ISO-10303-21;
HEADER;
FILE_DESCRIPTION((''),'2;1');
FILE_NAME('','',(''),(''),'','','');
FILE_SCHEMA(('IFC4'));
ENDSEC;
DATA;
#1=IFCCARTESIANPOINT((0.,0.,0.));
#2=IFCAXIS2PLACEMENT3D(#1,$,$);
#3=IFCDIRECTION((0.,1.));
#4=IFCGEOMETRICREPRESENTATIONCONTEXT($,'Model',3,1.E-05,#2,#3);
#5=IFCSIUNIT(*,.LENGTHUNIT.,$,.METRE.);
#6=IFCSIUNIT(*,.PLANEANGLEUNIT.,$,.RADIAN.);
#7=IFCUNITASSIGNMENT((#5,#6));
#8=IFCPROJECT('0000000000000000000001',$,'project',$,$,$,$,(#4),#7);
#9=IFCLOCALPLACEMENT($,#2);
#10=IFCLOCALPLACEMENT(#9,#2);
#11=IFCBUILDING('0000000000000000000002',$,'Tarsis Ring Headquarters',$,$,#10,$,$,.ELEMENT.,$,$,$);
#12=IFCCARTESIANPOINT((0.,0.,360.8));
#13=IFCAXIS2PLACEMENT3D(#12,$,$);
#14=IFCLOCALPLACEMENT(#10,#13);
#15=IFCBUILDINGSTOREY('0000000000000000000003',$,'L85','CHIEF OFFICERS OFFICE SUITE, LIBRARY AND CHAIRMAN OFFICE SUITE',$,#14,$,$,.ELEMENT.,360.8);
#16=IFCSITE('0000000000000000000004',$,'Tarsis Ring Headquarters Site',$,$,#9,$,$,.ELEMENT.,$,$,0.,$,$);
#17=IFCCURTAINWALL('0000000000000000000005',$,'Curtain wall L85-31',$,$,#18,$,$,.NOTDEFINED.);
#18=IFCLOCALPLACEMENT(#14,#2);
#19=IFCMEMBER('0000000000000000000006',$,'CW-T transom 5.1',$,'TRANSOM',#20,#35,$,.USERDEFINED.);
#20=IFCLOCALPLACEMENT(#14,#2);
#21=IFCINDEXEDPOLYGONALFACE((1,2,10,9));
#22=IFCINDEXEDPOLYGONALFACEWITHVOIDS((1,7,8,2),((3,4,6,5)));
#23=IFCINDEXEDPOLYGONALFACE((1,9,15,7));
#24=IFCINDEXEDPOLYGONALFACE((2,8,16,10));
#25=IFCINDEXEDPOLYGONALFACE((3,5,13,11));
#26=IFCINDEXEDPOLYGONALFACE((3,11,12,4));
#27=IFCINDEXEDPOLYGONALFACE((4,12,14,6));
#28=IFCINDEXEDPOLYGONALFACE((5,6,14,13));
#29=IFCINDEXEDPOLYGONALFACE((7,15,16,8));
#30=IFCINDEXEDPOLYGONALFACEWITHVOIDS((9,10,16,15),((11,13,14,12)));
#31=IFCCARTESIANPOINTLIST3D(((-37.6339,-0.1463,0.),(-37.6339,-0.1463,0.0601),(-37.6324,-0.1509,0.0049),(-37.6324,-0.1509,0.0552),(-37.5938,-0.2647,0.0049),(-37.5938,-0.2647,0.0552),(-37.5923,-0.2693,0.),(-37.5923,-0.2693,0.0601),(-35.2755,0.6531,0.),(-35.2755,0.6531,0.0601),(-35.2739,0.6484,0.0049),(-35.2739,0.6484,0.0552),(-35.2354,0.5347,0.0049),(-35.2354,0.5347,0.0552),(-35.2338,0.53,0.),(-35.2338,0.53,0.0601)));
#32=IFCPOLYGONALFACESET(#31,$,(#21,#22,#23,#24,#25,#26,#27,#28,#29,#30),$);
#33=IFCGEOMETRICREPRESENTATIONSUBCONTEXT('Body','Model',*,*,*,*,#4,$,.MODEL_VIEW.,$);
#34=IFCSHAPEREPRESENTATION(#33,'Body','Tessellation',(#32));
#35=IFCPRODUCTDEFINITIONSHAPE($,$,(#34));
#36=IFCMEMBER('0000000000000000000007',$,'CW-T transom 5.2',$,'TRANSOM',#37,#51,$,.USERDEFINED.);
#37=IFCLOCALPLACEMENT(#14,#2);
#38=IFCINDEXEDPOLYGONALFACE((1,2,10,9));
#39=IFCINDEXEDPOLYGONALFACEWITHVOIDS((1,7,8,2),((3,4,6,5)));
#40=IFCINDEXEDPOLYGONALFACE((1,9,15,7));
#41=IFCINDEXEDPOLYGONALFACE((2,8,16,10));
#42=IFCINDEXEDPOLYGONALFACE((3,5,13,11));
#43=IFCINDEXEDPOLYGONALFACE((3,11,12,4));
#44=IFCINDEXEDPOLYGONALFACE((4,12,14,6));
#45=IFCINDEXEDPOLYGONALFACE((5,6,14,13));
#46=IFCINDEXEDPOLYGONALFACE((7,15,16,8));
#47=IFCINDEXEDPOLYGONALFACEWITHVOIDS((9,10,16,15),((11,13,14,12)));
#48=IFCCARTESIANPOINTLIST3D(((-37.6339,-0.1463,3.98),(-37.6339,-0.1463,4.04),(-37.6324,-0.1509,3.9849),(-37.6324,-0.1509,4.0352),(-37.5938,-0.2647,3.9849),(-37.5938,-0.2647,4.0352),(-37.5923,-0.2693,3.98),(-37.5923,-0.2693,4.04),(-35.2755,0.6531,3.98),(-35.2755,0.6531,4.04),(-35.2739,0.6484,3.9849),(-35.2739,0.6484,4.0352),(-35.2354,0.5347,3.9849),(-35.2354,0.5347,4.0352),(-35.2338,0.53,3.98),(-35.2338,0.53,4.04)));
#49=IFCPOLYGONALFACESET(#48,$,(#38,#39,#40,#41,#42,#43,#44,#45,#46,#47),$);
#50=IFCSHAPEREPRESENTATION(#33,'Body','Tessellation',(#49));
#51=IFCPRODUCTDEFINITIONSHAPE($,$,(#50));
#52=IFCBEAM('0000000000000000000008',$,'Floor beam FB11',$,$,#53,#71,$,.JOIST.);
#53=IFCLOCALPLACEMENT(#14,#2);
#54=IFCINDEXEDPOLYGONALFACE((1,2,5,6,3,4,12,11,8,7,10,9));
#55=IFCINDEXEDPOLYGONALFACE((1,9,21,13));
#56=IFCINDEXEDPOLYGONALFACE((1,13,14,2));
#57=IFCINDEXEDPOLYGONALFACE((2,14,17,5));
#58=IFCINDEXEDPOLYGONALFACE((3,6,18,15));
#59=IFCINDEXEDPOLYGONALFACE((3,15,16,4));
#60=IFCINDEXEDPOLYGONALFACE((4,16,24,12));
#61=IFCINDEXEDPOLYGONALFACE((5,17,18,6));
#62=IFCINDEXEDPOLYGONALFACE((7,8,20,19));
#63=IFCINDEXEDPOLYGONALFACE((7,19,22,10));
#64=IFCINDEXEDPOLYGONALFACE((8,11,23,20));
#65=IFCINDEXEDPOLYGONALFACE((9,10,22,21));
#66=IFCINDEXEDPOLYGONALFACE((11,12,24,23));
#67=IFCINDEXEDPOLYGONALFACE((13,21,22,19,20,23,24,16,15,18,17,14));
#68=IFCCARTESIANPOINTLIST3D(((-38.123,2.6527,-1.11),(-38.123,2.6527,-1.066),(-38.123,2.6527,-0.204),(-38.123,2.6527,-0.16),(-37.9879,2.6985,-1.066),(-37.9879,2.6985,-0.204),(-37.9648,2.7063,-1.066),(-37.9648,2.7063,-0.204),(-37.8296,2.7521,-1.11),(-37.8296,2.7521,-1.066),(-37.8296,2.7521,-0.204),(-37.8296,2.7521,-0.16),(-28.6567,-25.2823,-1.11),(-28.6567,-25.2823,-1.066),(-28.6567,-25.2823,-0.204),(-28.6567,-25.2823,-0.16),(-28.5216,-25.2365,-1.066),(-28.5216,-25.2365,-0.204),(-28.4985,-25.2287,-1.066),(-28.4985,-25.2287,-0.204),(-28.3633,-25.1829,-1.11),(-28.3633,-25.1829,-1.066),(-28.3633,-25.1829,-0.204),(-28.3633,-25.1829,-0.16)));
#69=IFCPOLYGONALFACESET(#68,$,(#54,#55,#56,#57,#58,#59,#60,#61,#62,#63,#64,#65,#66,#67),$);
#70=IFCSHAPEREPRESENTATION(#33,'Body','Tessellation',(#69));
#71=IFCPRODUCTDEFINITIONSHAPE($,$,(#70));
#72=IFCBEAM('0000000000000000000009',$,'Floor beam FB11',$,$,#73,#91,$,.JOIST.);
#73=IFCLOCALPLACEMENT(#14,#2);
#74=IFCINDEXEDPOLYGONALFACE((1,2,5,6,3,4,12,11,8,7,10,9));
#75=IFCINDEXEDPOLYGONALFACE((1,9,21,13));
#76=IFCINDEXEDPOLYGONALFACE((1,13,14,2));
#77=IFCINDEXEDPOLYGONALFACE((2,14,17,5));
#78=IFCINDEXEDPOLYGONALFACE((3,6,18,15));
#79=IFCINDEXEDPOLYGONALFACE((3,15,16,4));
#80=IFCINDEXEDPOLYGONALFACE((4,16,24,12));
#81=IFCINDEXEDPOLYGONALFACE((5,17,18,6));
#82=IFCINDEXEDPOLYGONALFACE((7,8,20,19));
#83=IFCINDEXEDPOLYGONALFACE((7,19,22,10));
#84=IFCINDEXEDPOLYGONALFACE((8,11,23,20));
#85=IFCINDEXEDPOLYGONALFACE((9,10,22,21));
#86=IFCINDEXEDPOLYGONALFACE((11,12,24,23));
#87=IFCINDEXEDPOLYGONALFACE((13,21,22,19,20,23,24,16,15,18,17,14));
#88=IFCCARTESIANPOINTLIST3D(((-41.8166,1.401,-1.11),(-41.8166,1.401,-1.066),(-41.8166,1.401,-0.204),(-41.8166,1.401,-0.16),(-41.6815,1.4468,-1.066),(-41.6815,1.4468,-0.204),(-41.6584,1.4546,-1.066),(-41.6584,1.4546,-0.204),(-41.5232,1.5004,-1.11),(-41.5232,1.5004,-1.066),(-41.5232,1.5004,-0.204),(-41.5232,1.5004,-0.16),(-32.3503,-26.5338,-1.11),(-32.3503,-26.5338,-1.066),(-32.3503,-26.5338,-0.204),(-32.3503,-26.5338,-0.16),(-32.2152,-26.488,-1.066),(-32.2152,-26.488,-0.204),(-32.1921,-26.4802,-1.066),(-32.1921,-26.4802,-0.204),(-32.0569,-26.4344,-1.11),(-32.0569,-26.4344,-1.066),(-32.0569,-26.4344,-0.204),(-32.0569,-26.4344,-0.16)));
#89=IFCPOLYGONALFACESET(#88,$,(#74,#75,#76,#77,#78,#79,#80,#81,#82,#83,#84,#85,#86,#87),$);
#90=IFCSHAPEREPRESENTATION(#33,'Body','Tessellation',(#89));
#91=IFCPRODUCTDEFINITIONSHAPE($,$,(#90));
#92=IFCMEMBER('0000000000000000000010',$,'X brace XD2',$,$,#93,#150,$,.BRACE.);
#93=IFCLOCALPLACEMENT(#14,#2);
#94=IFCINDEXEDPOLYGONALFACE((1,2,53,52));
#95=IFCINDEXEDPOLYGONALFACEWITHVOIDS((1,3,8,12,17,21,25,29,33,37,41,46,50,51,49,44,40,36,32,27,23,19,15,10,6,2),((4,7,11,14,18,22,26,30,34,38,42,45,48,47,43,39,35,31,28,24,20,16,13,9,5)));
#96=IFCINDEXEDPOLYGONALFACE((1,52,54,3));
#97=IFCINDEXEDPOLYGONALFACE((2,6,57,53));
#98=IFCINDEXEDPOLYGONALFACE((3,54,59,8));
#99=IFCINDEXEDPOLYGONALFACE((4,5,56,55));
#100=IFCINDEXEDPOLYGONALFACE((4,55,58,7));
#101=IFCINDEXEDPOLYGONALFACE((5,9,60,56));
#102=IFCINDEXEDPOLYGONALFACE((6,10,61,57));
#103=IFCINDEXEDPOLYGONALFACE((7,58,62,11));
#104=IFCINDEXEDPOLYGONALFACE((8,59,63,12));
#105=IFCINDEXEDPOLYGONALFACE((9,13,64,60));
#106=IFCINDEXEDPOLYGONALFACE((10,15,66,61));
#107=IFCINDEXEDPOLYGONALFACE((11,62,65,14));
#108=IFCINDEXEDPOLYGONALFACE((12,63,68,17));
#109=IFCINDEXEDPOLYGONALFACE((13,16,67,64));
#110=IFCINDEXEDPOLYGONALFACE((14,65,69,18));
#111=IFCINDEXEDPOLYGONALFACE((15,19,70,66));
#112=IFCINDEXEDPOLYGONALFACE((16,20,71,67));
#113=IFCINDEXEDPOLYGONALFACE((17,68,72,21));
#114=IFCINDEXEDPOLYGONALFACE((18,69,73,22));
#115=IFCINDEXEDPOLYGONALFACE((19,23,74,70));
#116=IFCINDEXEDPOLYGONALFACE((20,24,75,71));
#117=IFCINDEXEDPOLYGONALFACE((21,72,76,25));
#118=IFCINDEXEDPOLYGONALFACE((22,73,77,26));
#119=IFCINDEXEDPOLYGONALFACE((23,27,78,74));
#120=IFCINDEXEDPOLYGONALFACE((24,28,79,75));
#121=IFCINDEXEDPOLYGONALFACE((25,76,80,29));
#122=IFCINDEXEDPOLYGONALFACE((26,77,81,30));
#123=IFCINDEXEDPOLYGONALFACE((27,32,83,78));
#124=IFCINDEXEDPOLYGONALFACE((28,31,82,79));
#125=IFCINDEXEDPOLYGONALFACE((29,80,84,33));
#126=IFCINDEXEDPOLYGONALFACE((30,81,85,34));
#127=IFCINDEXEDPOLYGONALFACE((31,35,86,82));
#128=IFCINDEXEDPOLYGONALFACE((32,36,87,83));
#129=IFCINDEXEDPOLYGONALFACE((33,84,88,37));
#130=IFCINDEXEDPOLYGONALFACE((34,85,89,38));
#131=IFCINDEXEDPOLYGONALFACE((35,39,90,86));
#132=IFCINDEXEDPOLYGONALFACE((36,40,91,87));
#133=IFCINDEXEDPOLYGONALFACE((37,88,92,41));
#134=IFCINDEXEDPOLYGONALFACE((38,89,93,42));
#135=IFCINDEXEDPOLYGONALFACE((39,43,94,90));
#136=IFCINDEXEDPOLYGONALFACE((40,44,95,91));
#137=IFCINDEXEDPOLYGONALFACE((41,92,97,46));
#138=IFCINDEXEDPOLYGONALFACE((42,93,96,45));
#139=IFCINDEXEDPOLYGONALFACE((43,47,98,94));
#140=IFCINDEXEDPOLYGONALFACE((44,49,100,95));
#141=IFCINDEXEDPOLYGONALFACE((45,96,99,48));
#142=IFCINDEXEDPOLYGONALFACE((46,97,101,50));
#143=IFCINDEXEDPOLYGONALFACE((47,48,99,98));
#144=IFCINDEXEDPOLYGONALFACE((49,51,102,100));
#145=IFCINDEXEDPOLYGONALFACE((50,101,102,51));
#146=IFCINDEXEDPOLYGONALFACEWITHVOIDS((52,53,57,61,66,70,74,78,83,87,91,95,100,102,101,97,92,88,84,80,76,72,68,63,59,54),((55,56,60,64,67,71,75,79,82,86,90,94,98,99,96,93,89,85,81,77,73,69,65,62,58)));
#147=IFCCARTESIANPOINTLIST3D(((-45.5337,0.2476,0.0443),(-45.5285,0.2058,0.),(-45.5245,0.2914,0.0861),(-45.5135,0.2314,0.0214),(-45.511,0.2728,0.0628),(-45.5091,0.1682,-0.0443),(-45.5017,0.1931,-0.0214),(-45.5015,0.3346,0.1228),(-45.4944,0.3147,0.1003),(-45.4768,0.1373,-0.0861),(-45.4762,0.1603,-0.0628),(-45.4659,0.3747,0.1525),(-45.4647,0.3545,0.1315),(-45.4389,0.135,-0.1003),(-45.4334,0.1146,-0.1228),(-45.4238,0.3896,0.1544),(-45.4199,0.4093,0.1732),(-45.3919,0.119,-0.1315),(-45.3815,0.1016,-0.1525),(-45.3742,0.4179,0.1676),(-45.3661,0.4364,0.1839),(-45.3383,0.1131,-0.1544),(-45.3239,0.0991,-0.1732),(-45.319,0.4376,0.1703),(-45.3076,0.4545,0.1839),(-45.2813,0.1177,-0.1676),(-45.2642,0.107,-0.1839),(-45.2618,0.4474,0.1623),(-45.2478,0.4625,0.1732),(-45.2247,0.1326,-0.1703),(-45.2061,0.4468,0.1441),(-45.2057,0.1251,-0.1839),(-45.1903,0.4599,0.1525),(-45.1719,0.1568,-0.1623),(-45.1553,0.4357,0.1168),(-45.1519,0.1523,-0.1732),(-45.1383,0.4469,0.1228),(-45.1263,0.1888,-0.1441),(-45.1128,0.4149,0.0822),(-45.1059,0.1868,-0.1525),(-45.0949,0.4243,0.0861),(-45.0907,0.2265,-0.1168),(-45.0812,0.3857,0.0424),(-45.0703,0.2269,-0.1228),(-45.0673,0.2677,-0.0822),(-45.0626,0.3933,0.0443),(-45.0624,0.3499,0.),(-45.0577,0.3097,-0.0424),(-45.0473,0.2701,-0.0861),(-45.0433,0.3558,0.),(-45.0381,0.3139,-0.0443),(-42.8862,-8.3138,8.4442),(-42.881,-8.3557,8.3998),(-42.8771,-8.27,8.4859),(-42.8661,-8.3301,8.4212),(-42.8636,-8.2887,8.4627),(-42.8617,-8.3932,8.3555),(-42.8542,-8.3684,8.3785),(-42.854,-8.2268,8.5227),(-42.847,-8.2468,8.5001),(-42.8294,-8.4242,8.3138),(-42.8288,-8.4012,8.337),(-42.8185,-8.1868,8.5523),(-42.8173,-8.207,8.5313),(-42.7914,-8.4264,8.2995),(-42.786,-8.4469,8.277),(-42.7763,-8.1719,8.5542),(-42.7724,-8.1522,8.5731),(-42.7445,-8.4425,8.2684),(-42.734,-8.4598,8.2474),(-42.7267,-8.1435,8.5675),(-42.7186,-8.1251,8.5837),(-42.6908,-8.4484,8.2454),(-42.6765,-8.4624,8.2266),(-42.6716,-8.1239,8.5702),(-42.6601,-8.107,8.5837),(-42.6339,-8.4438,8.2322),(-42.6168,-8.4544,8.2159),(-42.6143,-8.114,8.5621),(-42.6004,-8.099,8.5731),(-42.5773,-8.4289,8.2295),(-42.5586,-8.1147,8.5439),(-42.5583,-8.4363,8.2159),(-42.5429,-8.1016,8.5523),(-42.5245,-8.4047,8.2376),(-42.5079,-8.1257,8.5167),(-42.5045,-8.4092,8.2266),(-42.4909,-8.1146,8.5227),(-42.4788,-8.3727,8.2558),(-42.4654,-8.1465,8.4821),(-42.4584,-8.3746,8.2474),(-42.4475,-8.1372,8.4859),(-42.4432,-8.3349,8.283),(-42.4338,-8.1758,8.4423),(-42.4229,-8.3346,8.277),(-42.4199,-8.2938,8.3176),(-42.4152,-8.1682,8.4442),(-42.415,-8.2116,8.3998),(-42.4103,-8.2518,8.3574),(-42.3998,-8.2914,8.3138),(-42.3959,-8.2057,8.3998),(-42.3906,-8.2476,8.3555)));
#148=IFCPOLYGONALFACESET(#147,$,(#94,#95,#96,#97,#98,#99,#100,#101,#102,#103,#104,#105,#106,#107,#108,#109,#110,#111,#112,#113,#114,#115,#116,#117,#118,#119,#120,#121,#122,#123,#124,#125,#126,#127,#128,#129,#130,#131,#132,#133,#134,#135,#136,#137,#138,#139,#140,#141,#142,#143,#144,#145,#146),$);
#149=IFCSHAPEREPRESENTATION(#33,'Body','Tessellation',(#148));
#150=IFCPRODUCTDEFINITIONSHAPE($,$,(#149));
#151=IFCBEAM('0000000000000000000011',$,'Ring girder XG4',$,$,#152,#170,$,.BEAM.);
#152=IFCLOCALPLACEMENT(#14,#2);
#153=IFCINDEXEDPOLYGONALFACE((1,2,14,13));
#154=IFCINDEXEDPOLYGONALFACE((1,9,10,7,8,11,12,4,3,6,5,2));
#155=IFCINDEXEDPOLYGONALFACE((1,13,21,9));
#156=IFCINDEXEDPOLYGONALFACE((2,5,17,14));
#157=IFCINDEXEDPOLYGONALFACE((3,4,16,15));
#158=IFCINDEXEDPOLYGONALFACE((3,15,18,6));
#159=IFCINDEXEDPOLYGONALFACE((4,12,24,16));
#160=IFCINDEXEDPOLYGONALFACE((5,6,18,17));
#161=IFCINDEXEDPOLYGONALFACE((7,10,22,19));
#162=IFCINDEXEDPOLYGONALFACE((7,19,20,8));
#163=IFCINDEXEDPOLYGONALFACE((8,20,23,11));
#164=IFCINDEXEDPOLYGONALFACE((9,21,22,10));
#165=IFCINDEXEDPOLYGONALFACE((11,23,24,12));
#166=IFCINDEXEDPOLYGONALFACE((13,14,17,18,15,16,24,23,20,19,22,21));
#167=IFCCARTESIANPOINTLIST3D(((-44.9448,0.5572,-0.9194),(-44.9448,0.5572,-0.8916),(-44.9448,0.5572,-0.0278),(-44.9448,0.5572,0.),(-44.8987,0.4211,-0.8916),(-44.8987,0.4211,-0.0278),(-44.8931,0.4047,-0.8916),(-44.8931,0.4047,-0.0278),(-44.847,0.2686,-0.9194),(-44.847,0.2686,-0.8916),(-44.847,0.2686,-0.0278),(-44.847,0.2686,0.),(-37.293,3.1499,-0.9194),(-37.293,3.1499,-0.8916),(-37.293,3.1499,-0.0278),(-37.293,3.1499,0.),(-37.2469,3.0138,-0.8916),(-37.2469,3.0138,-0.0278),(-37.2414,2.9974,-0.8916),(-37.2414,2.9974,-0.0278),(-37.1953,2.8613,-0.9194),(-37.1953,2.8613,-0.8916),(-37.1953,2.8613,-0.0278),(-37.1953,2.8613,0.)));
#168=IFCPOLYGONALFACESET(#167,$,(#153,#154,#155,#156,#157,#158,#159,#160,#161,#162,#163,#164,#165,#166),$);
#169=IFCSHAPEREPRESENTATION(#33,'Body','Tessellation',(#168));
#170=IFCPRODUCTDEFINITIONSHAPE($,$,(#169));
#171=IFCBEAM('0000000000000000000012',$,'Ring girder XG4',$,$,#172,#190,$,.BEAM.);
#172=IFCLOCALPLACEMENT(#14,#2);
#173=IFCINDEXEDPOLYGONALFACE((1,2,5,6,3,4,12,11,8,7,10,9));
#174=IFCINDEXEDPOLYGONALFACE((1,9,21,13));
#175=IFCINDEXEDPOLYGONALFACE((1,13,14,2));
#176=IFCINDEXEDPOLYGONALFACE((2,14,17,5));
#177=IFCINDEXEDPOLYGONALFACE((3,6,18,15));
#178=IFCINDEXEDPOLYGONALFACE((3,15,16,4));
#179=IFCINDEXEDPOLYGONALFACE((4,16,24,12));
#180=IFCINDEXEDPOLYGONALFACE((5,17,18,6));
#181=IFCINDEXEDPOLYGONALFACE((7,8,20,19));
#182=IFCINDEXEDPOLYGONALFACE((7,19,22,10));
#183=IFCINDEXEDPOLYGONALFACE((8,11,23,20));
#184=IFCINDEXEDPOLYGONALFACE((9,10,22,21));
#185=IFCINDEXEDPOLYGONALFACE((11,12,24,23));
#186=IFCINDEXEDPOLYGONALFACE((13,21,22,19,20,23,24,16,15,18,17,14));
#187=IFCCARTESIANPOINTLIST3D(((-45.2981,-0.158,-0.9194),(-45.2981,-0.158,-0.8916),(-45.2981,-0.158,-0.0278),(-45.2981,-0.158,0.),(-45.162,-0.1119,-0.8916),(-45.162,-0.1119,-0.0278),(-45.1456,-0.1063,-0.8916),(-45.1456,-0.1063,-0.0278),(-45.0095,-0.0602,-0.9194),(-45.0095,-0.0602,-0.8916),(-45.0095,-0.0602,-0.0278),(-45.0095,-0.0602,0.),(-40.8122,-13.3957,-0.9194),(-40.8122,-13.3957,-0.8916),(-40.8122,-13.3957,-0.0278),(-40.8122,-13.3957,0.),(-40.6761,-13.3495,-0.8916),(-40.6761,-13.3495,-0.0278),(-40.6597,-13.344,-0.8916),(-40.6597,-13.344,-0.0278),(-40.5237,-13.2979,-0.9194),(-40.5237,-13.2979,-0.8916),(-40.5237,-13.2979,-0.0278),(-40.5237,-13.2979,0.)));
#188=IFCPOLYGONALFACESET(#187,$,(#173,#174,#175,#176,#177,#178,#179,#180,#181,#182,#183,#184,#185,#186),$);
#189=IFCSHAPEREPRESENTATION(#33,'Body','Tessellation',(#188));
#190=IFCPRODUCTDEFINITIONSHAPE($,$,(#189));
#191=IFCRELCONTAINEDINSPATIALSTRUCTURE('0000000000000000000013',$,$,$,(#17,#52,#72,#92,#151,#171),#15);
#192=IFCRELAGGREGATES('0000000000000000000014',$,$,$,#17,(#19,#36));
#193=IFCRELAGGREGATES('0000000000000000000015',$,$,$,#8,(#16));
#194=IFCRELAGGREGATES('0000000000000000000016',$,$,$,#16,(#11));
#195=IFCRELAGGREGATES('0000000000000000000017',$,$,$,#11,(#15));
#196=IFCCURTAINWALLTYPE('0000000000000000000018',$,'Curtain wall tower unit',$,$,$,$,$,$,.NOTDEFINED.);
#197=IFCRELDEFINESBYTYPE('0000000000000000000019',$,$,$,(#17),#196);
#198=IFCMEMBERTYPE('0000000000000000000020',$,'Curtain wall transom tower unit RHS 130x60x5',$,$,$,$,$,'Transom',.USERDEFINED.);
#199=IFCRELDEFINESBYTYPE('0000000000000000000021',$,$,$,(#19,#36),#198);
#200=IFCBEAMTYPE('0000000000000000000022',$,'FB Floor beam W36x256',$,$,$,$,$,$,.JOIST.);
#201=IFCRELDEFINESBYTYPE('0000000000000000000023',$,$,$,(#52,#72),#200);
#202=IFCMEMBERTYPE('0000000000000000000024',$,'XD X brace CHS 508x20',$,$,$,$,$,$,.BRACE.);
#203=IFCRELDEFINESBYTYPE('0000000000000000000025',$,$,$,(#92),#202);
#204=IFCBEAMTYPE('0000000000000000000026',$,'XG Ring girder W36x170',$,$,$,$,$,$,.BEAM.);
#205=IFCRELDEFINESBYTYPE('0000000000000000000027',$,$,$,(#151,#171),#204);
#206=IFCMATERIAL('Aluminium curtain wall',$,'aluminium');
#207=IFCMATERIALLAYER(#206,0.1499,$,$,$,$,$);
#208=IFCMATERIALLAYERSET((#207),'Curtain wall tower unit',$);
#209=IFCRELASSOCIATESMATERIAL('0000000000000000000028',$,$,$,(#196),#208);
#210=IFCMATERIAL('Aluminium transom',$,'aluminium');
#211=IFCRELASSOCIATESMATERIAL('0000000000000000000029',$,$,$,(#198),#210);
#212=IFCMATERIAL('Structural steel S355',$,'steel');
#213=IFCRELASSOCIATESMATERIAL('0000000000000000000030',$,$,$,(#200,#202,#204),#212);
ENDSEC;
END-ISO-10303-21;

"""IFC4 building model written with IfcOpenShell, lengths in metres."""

from ifc_helpers import new_model, si_unit, direction, frame, origin, origin_2d, place, context, subcontext, project, spatial, hollow_rectangle, hollow_circle, i_section, extrude, material, layer, layer_set, material_profile, profile_set, type_object, element, aggregate, save


model = new_model("IFC4")

# Units and contexts
model_context = context("Model", 3, precision=1e-05, world=origin(), true_north=direction((0.0, 1.0)))
body_context = subcontext(model_context, "Body", "Model", "MODEL_VIEW")
ifc_project = project(units=[si_unit("LENGTHUNIT", "METRE"), si_unit("PLANEANGLEUNIT", "RADIAN")], contexts=[model_context])

# Site, building, storey
site_placement = place(None, origin())
site = spatial("IfcSite", under=ifc_project, at=site_placement, Name="Tarsis Ring Headquarters Site", CompositionType="ELEMENT", RefElevation=0.0)
building_placement = place(site_placement, origin())
building = spatial("IfcBuilding", under=site, at=building_placement, Name="Tarsis Ring Headquarters", CompositionType="ELEMENT")
storey_placement = place(building_placement, frame((0.0, 0.0, 360.8)))
storey = spatial("IfcBuildingStorey", under=building, at=storey_placement, Name="L85", Description="CHIEF OFFICERS OFFICE SUITE, LIBRARY AND CHAIRMAN OFFICE SUITE", CompositionType="ELEMENT", Elevation=360.8)

# Shared definitions
ifc_material_1 = material(Name="Structural steel S355", Category="steel")

# Curtain wall, members
ifc_material_2 = material(Name="Aluminium curtain wall", Category="aluminium")
ifc_layer_1 = layer(ifc_material_2, 0.1499)
ifc_layer_set_1 = layer_set([ifc_layer_1], Name="Curtain wall tower unit")
curtain_wall_type = type_object("IfcCurtainWallType", Name="Curtain wall tower unit", PredefinedType="NOTDEFINED", material=ifc_layer_set_1)
curtain_wall_placement = place(storey_placement, origin())
curtain_wall = element("IfcCurtainWall", 1, at=curtain_wall_placement, inside=storey, type_object=curtain_wall_type, Name="Curtain wall L85-31", PredefinedType="NOTDEFINED")
ifc_material_3 = material(Name="Aluminium transom", Category="aluminium")
ifc_material_profile_1 = material_profile(ifc_material_3, hollow_rectangle(XDim=0.1299, YDim=0.0601, WallThickness=0.0049, at=origin_2d()), Name="RHS 130x60x5")
ifc_profile_set_1 = profile_set([ifc_material_profile_1], Name="Aluminium transom")
member_type_1 = type_object("IfcMemberType", Name="Curtain wall transom tower unit RHS 130x60x5", ElementType="Transom", PredefinedType="USERDEFINED", material=ifc_profile_set_1)
member_1_placement = place(storey_placement, frame((-35.2546, 0.5916, 0.03), z_axis=(-0.947083, -0.320989, 0.0), x_axis=(0.320989, -0.947083, 0.0)))
member_1 = element("IfcMember", 2, at=member_1_placement, type_object=member_type_1, Name="CW-T transom 5.1", ObjectType="TRANSOM", PredefinedType="USERDEFINED", context=body_context, shape_type="SweptSolid", body=[
    extrude(hollow_rectangle(XDim=0.1299, YDim=0.0601, WallThickness=0.0049, at=origin_2d()), origin(), (0.0, 0.0, 1.0), 2.4902),
])
member_2_placement = place(storey_placement, frame((-35.2546, 0.5916, 4.01), z_axis=(-0.947083, -0.320989, 0.0), x_axis=(0.320989, -0.947083, 0.0)))
member_2 = element("IfcMember", 3, at=member_2_placement, type_object=member_type_1, Name="CW-T transom 5.2", ObjectType="TRANSOM", PredefinedType="USERDEFINED", context=body_context, shape_type="SweptSolid", body=[
    extrude(hollow_rectangle(XDim=0.1299, YDim=0.0601, WallThickness=0.0049, at=origin_2d()), origin(), (0.0, 0.0, 1.0), 2.4902),
])

# Beams
ifc_material_profile_2 = material_profile(ifc_material_1, i_section(OverallWidth=0.3098, OverallDepth=0.95, WebThickness=0.0244, FlangeThickness=0.0439, at=origin_2d()), Name="W36x256")
ifc_profile_set_2 = profile_set([ifc_material_profile_2], Name="Structural steel S355")
beam_type_1 = type_object("IfcBeamType", Name="FB Floor beam W36x256", PredefinedType="JOIST", material=ifc_profile_set_2)
beam_1_placement = place(storey_placement, frame((-37.9763, 2.7024, -0.635), z_axis=(0.320942, -0.947099, 0.0), x_axis=(0.947099, 0.320942, 0.0)))
element("IfcBeam", 4, at=beam_1_placement, inside=storey, type_object=beam_type_1, Name="Floor beam FB11", PredefinedType="JOIST", context=body_context, shape_type="SweptSolid", body=[
    extrude(i_section(OverallWidth=0.3098, OverallDepth=0.95, WebThickness=0.0244, FlangeThickness=0.0439, at=origin_2d()), origin(), (0.0, 0.0, 1.0), 29.4954),
])
beam_2_placement = place(storey_placement, frame((-41.6699, 1.4507, -0.635), z_axis=(0.320944, -0.947098, 0.0), x_axis=(0.947098, 0.320944, 0.0)))
element("IfcBeam", 5, at=beam_2_placement, inside=storey, type_object=beam_type_1, Name="Floor beam FB11", PredefinedType="JOIST", context=body_context, shape_type="SweptSolid", body=[
    extrude(i_section(OverallWidth=0.3098, OverallDepth=0.95, WebThickness=0.0244, FlangeThickness=0.0439, at=origin_2d()), origin(), (0.0, 0.0, 1.0), 29.4951),
])

# Member
ifc_material_profile_3 = material_profile(ifc_material_1, hollow_circle(Radius=0.2539, WallThickness=0.02, at=origin_2d()), Name="CHS 508x20")
ifc_profile_set_3 = profile_set([ifc_material_profile_3], Name="Structural steel S355")
member_type_2 = type_object("IfcMemberType", Name="XD X brace CHS 508x20", PredefinedType="BRACE", material=ifc_profile_set_3)
member_3_placement = place(storey_placement, frame((-45.2859, 0.2808, 0.0), z_axis=(0.215542, -0.697034, 0.683875), x_axis=(0.955366, 0.295426, 0.0)))
element("IfcMember", 6, at=member_3_placement, inside=storey, type_object=member_type_2, Name="X brace XD2", PredefinedType="BRACE", context=body_context, shape_type="SweptSolid", body=[
    extrude(hollow_circle(Radius=0.2539, WallThickness=0.02, at=origin_2d()), origin(), (0.0, 0.0, 1.0), 12.2827),
])

# Beams
ifc_material_profile_4 = material_profile(ifc_material_1, i_section(OverallWidth=0.3047, OverallDepth=0.9194, WebThickness=0.0173, FlangeThickness=0.0278, at=origin_2d()), Name="W36x170")
ifc_profile_set_4 = profile_set([ifc_material_profile_4], Name="Structural steel S355")
beam_type_2 = type_object("IfcBeamType", Name="XG Ring girder W36x170", PredefinedType="BEAM", material=ifc_profile_set_4)
beam_3_placement = place(storey_placement, frame((-37.2441, 3.0056, -0.4597), z_axis=(-0.947106, -0.32092, 0.0), x_axis=(0.32092, -0.947106, 0.0)))
element("IfcBeam", 7, at=beam_3_placement, inside=storey, type_object=beam_type_2, Name="Ring girder XG4", PredefinedType="BEAM", context=body_context, shape_type="SweptSolid", body=[
    extrude(i_section(OverallWidth=0.3047, OverallDepth=0.9194, WebThickness=0.0173, FlangeThickness=0.0278, at=origin_2d()), origin(), (0.0, 0.0, 1.0), 8.0791),
])
beam_4_placement = place(storey_placement, frame((-45.1538, -0.1091, -0.4597), z_axis=(0.320945, -0.947098, 0.0), x_axis=(0.947098, 0.320945, 0.0)))
element("IfcBeam", 8, at=beam_4_placement, inside=storey, type_object=beam_type_2, Name="Ring girder XG4", PredefinedType="BEAM", context=body_context, shape_type="SweptSolid", body=[
    extrude(i_section(OverallWidth=0.3047, OverallDepth=0.9194, WebThickness=0.0173, FlangeThickness=0.0278, at=origin_2d()), origin(), (0.0, 0.0, 1.0), 13.9771),
])

aggregate(curtain_wall, [member_1, member_2])

save(model, "model.ifc")
